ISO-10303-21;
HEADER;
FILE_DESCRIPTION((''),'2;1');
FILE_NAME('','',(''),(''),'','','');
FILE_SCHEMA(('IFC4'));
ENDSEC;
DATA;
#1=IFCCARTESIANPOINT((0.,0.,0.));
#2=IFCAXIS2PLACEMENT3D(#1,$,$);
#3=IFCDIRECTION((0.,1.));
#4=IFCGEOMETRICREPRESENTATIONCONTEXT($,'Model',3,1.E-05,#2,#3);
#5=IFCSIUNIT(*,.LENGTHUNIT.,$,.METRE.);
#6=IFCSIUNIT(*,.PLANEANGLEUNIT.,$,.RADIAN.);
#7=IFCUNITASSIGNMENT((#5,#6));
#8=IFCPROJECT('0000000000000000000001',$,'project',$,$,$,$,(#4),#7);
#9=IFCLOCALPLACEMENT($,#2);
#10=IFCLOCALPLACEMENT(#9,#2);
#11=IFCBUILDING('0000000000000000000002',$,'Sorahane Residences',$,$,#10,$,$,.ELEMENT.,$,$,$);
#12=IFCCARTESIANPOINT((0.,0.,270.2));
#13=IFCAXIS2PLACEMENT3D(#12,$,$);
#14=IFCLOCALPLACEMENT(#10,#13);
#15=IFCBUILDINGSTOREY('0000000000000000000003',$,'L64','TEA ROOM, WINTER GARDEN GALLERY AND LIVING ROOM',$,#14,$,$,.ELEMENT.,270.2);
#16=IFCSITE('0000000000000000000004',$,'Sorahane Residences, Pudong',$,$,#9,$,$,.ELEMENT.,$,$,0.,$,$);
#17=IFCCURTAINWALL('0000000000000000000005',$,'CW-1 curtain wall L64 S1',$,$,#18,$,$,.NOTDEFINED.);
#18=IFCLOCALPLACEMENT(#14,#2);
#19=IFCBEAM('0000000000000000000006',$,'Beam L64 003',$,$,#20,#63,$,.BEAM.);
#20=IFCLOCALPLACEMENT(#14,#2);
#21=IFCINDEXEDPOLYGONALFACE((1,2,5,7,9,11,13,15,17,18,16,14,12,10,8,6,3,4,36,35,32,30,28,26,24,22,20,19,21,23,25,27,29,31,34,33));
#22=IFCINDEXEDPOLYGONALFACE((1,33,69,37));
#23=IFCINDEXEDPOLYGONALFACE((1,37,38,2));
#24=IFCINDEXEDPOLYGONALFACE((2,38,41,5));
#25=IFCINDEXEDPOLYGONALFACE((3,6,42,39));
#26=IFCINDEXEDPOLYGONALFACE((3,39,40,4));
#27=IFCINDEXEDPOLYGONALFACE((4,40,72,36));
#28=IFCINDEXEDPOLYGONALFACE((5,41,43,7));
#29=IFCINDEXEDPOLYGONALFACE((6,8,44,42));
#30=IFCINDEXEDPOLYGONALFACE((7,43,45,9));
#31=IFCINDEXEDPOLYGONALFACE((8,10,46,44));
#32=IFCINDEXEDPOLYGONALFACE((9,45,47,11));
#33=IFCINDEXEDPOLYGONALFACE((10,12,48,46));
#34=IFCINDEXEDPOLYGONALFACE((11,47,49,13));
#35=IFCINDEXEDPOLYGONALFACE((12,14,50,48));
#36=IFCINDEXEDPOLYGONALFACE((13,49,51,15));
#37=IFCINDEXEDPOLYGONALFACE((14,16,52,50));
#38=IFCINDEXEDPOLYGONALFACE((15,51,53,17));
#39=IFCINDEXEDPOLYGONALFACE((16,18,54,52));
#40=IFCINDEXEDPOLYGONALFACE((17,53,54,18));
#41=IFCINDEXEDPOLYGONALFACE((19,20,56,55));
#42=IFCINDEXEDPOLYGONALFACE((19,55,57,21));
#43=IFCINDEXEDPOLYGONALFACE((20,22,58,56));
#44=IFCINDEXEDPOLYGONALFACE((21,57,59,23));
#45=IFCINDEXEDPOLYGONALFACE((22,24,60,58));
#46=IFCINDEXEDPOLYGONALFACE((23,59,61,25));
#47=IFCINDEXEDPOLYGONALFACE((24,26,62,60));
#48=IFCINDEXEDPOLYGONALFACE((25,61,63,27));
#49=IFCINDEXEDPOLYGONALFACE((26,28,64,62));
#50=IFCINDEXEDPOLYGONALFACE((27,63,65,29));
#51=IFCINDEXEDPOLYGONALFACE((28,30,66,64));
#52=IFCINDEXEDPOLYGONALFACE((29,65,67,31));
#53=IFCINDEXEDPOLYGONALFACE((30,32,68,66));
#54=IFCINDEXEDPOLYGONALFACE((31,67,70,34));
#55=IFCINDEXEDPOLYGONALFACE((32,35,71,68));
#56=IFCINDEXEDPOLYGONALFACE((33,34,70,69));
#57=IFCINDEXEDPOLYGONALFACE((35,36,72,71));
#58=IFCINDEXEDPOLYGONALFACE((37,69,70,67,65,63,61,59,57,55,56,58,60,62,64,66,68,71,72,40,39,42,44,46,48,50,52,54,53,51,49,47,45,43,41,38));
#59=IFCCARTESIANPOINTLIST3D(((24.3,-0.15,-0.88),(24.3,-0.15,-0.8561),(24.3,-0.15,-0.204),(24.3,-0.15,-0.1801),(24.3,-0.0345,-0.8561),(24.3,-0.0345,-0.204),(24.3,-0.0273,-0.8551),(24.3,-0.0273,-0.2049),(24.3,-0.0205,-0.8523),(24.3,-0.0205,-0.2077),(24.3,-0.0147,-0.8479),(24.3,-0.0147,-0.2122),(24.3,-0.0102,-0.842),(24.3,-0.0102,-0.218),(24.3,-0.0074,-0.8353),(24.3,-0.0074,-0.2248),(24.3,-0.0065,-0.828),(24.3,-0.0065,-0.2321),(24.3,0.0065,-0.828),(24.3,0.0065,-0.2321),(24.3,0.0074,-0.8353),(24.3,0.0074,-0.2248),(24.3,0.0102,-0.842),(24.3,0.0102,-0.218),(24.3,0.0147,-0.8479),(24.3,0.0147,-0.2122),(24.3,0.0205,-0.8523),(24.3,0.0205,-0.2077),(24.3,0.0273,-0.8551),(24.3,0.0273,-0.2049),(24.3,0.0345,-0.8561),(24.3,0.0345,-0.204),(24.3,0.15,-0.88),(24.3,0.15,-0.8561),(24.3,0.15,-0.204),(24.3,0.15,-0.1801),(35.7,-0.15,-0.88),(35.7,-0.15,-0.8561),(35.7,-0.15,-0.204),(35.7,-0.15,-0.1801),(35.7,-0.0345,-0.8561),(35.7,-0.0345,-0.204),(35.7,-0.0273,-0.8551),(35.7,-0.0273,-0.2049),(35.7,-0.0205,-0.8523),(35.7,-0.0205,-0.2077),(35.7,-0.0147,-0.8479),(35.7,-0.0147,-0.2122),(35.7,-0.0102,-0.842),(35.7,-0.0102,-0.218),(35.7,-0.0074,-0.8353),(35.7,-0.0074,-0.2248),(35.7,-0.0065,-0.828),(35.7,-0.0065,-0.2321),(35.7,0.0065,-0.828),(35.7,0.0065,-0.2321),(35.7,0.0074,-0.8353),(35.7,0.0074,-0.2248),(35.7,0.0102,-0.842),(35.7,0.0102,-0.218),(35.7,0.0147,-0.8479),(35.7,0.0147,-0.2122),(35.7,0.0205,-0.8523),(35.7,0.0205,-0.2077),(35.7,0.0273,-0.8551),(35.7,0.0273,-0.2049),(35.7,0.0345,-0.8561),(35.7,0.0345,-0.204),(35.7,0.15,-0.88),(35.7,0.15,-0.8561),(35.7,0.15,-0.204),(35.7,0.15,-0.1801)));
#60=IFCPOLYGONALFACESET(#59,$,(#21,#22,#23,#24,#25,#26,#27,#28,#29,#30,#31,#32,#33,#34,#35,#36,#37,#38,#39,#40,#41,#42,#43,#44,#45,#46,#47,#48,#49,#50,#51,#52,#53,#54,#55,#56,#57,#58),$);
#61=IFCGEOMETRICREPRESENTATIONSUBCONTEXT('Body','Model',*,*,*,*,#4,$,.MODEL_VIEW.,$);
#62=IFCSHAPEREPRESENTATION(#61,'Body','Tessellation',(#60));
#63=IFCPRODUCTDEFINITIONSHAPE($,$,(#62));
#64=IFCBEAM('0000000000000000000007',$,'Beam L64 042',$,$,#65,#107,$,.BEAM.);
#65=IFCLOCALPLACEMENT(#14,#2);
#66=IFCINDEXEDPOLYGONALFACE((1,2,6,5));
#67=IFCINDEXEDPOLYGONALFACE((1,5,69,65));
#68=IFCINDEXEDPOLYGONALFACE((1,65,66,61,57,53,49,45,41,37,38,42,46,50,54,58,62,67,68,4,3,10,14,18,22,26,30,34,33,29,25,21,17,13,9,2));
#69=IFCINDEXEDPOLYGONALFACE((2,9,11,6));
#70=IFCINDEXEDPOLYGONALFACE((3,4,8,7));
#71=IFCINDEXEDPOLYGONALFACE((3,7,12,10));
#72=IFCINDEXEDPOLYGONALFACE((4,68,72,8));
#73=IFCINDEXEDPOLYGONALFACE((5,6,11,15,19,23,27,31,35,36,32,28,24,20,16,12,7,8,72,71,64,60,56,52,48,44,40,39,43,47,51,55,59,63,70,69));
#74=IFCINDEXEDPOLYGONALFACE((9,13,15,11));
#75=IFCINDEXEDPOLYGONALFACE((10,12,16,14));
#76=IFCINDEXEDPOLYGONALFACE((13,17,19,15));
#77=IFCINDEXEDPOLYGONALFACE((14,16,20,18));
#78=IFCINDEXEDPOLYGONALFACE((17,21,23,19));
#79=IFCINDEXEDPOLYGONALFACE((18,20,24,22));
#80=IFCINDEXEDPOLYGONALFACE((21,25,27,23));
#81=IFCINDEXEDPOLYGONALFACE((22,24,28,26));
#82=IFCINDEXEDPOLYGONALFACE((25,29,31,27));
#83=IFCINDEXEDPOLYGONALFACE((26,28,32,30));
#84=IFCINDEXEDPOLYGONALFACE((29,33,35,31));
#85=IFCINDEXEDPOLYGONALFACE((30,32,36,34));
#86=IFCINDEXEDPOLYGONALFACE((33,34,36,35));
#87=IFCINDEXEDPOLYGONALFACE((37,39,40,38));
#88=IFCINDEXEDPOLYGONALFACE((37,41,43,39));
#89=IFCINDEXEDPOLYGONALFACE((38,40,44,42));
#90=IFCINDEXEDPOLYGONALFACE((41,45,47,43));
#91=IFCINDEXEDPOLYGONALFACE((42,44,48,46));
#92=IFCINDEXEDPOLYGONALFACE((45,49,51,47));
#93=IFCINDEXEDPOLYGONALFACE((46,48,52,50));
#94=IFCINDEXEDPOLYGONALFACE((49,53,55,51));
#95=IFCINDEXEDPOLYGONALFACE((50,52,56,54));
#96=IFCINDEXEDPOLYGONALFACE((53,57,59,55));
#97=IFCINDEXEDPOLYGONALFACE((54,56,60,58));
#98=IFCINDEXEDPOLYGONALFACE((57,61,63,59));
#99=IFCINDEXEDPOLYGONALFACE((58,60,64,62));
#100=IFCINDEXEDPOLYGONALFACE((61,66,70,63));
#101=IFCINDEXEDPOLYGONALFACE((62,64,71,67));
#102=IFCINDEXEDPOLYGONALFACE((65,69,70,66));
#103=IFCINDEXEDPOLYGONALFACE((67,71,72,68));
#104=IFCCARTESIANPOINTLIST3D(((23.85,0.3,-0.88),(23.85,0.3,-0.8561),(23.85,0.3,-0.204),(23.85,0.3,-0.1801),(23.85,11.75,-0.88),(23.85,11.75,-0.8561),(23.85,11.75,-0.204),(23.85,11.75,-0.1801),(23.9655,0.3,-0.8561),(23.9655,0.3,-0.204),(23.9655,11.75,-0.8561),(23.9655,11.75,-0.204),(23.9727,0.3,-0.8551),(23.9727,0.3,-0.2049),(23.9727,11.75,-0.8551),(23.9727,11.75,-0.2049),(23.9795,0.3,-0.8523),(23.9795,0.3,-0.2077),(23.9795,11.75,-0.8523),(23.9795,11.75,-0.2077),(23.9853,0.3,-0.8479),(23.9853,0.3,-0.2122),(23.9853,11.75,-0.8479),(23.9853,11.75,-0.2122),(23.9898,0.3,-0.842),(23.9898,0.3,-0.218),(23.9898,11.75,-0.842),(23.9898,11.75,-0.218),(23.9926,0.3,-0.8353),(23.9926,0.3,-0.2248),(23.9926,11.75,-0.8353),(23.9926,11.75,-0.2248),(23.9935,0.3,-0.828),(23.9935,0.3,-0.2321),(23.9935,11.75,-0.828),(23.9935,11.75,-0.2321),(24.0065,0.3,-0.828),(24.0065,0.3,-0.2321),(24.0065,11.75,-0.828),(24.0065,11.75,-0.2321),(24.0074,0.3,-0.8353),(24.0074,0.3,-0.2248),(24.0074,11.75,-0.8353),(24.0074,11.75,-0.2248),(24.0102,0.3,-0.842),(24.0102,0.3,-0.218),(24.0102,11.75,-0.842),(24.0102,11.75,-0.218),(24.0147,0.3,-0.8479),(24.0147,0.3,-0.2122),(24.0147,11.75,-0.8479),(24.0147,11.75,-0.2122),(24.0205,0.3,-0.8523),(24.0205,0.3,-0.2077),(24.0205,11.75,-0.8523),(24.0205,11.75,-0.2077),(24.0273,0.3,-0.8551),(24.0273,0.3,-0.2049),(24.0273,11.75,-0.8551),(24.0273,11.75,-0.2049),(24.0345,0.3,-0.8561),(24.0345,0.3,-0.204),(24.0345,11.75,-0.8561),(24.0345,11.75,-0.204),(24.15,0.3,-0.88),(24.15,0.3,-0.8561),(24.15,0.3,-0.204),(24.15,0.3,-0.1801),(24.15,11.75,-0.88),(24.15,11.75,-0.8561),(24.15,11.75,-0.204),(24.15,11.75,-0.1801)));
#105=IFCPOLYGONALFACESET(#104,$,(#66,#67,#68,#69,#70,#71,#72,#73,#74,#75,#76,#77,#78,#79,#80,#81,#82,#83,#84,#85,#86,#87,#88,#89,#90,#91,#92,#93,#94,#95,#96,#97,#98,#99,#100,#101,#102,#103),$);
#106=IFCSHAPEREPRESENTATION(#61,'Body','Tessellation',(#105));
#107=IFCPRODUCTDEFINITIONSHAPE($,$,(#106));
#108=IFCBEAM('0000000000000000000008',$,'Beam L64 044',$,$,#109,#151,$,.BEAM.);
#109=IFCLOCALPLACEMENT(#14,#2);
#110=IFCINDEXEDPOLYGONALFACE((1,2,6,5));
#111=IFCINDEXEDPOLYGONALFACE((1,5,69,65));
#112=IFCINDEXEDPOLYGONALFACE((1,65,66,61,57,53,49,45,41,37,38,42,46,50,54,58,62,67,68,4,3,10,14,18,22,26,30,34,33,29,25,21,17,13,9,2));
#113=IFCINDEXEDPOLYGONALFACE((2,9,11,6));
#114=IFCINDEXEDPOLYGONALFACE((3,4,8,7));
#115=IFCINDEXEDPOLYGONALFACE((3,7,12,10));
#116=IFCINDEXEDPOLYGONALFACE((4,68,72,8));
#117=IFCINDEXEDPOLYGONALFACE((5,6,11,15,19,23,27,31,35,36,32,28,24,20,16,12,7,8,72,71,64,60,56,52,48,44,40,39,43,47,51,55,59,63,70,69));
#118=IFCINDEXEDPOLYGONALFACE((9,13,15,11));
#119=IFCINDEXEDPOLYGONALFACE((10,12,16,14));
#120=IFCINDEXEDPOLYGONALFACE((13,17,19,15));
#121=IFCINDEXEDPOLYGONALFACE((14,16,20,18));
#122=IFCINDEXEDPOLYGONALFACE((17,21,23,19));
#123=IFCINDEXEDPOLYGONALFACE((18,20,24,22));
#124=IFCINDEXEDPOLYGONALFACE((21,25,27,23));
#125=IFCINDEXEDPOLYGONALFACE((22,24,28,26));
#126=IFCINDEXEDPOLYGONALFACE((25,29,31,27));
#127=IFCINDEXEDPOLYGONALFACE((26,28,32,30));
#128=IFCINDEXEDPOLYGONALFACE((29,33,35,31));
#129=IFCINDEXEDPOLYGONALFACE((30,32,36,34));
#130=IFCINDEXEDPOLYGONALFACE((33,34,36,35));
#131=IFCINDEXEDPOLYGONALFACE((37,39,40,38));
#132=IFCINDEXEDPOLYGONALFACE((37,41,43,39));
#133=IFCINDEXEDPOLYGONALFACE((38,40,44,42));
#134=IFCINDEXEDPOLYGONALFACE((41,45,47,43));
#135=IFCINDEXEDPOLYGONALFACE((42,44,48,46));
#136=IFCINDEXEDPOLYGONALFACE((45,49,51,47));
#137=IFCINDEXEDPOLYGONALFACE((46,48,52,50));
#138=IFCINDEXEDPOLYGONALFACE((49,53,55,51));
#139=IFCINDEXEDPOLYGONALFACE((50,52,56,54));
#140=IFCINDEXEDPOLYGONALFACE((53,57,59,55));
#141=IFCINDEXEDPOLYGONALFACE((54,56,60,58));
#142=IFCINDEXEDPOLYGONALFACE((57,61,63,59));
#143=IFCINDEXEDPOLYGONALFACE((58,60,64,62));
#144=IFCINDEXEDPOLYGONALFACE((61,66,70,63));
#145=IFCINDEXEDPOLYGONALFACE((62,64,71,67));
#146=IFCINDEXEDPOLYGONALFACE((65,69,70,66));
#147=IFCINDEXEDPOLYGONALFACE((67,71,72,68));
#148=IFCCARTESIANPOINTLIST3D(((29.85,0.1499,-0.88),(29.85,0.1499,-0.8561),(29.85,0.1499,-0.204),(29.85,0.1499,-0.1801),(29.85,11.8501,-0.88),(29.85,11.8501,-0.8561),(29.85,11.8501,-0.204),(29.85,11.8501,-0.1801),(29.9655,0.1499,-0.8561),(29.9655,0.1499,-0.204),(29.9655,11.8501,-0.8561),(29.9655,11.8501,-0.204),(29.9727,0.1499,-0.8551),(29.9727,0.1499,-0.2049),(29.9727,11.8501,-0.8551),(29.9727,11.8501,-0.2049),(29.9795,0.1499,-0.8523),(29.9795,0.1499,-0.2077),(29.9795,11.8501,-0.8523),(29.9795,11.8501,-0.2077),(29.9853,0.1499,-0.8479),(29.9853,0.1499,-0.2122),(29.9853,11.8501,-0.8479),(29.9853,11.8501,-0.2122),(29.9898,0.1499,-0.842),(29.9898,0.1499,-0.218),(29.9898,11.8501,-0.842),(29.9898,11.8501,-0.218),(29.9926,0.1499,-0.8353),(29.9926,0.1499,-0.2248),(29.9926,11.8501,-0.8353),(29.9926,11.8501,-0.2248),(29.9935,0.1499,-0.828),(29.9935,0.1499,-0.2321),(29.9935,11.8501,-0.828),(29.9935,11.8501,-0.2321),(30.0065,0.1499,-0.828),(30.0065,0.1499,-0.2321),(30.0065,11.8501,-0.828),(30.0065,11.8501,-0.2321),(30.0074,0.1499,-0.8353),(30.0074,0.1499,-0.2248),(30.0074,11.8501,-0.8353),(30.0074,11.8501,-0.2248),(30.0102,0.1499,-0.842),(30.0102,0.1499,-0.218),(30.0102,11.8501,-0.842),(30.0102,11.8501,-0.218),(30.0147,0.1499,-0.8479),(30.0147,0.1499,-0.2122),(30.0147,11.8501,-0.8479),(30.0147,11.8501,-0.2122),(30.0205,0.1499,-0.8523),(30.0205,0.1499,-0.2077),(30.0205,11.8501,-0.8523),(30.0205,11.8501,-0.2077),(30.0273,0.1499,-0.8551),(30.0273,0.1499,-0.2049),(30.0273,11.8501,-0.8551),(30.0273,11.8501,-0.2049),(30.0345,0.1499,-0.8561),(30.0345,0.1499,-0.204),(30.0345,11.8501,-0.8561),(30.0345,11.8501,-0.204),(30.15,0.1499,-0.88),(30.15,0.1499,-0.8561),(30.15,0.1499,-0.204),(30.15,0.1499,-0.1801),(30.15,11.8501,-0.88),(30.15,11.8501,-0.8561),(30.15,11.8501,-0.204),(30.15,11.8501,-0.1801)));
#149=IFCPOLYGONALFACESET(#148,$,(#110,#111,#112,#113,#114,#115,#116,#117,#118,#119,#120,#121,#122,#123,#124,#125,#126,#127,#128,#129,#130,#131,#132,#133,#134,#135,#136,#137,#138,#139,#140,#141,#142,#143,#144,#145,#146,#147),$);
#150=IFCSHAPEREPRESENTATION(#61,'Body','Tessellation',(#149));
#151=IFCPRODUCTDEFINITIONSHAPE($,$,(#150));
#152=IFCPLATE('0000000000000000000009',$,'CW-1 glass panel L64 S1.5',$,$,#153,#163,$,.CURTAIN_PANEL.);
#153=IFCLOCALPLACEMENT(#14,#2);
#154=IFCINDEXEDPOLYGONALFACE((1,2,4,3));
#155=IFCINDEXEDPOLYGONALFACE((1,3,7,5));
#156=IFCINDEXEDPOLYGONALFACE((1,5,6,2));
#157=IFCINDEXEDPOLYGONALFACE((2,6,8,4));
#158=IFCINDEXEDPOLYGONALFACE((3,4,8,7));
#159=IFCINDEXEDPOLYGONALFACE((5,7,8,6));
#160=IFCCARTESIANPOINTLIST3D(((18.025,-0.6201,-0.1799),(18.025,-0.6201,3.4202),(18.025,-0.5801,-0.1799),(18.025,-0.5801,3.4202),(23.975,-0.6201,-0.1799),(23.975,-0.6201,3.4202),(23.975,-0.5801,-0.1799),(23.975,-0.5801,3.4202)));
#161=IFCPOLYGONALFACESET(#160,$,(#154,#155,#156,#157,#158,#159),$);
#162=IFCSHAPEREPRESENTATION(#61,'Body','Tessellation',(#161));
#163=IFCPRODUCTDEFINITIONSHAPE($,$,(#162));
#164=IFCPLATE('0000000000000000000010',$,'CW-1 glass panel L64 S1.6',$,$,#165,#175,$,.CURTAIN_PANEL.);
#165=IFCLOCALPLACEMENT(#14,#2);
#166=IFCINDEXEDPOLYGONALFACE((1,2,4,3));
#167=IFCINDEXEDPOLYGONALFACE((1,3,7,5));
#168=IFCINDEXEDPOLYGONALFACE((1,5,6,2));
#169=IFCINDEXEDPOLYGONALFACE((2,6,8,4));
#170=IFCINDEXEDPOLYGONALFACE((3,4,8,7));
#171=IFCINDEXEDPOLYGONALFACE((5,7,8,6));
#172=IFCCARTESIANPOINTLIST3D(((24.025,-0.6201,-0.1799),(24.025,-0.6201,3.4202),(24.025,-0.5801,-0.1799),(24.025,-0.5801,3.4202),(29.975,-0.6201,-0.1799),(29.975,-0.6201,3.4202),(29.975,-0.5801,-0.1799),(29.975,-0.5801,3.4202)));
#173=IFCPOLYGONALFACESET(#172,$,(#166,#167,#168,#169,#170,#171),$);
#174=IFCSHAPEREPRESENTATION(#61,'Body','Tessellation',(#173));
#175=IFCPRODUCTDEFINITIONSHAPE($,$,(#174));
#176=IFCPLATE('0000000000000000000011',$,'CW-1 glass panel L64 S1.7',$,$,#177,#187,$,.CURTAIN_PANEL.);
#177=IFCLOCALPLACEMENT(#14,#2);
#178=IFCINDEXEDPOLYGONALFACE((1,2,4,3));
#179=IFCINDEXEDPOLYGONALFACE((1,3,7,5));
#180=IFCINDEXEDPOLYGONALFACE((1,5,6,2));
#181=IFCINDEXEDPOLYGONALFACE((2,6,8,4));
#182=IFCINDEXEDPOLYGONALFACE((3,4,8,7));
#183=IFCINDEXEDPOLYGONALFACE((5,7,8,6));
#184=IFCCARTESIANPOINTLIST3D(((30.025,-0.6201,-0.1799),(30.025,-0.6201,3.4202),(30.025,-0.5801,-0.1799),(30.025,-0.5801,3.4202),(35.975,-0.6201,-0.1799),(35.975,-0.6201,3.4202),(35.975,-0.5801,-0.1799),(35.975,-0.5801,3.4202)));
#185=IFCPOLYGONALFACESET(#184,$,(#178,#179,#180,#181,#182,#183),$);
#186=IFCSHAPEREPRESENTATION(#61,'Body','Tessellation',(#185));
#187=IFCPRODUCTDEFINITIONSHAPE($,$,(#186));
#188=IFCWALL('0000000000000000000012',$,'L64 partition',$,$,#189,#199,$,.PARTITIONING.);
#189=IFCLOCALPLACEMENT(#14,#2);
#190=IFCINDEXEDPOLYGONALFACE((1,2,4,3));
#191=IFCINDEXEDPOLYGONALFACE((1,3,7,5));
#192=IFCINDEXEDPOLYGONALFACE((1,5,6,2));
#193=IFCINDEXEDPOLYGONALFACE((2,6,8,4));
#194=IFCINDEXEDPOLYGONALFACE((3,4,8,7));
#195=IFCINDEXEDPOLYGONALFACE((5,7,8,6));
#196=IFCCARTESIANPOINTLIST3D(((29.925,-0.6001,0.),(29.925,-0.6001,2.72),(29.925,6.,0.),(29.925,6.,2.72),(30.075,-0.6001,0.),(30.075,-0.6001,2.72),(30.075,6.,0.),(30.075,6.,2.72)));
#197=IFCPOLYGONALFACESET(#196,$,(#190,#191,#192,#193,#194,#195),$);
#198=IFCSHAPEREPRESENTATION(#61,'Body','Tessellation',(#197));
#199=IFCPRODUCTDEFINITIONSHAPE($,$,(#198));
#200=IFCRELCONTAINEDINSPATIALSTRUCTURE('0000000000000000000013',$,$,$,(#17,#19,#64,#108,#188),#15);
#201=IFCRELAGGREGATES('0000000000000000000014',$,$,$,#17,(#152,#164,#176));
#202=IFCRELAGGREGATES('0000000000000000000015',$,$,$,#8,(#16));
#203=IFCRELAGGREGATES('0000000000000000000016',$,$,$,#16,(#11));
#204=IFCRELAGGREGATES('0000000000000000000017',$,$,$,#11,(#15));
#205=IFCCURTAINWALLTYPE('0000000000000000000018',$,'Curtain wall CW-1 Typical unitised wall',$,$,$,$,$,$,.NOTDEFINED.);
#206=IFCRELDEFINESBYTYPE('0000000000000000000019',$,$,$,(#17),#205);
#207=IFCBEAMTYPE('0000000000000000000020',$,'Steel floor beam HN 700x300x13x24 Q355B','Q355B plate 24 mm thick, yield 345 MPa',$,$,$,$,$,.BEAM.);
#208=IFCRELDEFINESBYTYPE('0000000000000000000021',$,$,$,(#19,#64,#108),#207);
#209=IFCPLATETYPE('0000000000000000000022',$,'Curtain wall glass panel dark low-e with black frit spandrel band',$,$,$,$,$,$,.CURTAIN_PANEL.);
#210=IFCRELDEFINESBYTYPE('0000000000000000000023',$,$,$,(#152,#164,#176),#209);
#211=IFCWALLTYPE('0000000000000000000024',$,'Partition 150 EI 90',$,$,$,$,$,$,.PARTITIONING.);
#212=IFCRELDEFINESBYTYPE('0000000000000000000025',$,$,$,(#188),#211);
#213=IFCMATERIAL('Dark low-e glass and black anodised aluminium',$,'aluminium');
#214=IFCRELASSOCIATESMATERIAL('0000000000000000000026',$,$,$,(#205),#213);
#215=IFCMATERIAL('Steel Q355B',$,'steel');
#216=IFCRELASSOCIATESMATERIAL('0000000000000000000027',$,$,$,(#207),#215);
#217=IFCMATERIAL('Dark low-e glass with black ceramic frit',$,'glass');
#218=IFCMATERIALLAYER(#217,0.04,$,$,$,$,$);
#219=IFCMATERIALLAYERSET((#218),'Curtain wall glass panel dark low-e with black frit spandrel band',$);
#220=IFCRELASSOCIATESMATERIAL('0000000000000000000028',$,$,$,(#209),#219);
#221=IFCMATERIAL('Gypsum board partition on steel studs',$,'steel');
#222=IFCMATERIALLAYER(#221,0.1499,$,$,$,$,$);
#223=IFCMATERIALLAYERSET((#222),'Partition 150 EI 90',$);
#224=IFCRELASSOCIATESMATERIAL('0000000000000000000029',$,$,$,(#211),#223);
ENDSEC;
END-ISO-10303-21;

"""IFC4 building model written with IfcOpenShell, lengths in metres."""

from ifc_helpers import new_model, si_unit, direction, frame, frame_2d, origin, origin_2d, place, context, subcontext, project, spatial, rectangle, i_section, extrude, material, layer, layer_set, material_profile, profile_set, type_object, element, aggregate, save


model = new_model("IFC4")

# Units and contexts
model_context = context("Model", 3, precision=1e-05, world=origin(), true_north=direction((0.0, 1.0)))
body_context = subcontext(model_context, "Body", "Model", "MODEL_VIEW")
ifc_project = project(units=[si_unit("LENGTHUNIT", "METRE"), si_unit("PLANEANGLEUNIT", "RADIAN")], contexts=[model_context])

# Site, building, storey
site_placement = place(None, origin())
site = spatial("IfcSite", under=ifc_project, at=site_placement, Name="Sorahane Residences, Pudong", CompositionType="ELEMENT", RefElevation=0.0)
building_placement = place(site_placement, origin())
building = spatial("IfcBuilding", under=site, at=building_placement, Name="Sorahane Residences", CompositionType="ELEMENT")
storey_placement = place(building_placement, frame((0.0, 0.0, 270.2)))
storey = spatial("IfcBuildingStorey", under=building, at=storey_placement, Name="L64", Description="TEA ROOM, WINTER GARDEN GALLERY AND LIVING ROOM", CompositionType="ELEMENT", Elevation=270.2)

# Curtain wall
ifc_material_1 = material(Name="Dark low-e glass and black anodised aluminium", Category="aluminium")
curtain_wall_type = type_object("IfcCurtainWallType", Name="Curtain wall CW-1 Typical unitised wall", PredefinedType="NOTDEFINED", material=ifc_material_1)
curtain_wall_placement = place(storey_placement, origin())
curtain_wall = element("IfcCurtainWall", 1, at=curtain_wall_placement, inside=storey, type_object=curtain_wall_type, Name="CW-1 curtain wall L64 S1", PredefinedType="NOTDEFINED")

# Beams
ifc_material_2 = material(Name="Steel Q355B", Category="steel")
ifc_material_profile_1 = material_profile(ifc_material_2, i_section(OverallWidth=0.3, OverallDepth=0.7, WebThickness=0.0129, FlangeThickness=0.0239, FilletRadius=0.0281, at=origin_2d()), Name="HN 700x300x13x24")
ifc_profile_set_1 = profile_set([ifc_material_profile_1], Name="Steel Q355B")
beam_type_1 = type_object("IfcBeamType", Name="Steel floor beam HN 700x300x13x24 Q355B", Description="Q355B plate 24 mm thick, yield 345 MPa", PredefinedType="BEAM", material=ifc_profile_set_1)
beam_1_placement = place(storey_placement, frame((24.3, 0.0, -0.53), z_axis=(1.0, 0.0, 0.0), x_axis=(0.0, 1.0, 0.0)))
element("IfcBeam", 2, at=beam_1_placement, inside=storey, type_object=beam_type_1, Name="Beam L64 003", PredefinedType="BEAM", context=body_context, shape_type="SweptSolid", body=[
    extrude(i_section(OverallWidth=0.3, OverallDepth=0.7, WebThickness=0.0129, FlangeThickness=0.0239, FilletRadius=0.0281, at=origin_2d()), origin(), (0.0, 0.0, 1.0), 11.3999),
])
beam_2_placement = place(storey_placement, frame((24.0, 0.3, -0.53), z_axis=(0.0, 1.0, 0.0), x_axis=(-1.0, 0.0, 0.0)))
element("IfcBeam", 3, at=beam_2_placement, inside=storey, type_object=beam_type_1, Name="Beam L64 042", PredefinedType="BEAM", context=body_context, shape_type="SweptSolid", body=[
    extrude(i_section(OverallWidth=0.3, OverallDepth=0.7, WebThickness=0.0129, FlangeThickness=0.0239, FilletRadius=0.0281, at=origin_2d()), origin(), (0.0, 0.0, 1.0), 11.45),
])
beam_3_placement = place(storey_placement, frame((30.0, 0.1499, -0.53), z_axis=(0.0, 1.0, 0.0), x_axis=(-1.0, 0.0, 0.0)))
element("IfcBeam", 4, at=beam_3_placement, inside=storey, type_object=beam_type_1, Name="Beam L64 044", PredefinedType="BEAM", context=body_context, shape_type="SweptSolid", body=[
    extrude(i_section(OverallWidth=0.3, OverallDepth=0.7, WebThickness=0.0129, FlangeThickness=0.0239, FilletRadius=0.0281, at=origin_2d()), origin(), (0.0, 0.0, 1.0), 11.7002),
])

# Plates
ifc_material_3 = material(Name="Dark low-e glass with black ceramic frit", Category="glass")
ifc_layer_1 = layer(ifc_material_3, 0.04)
ifc_layer_set_1 = layer_set([ifc_layer_1], Name="Curtain wall glass panel dark low-e with black frit spandrel band")
plate_type = type_object("IfcPlateType", Name="Curtain wall glass panel dark low-e with black frit spandrel band", PredefinedType="CURTAIN_PANEL", material=ifc_layer_set_1)
plate_1_placement = place(storey_placement, frame((21.0, -0.6001, -0.1799), z_axis=(0.0, 0.0, 1.0), x_axis=(1.0, 0.0, 0.0)))
plate_1 = element("IfcPlate", 5, at=plate_1_placement, type_object=plate_type, Name="CW-1 glass panel L64 S1.5", PredefinedType="CURTAIN_PANEL", context=body_context, shape_type="SweptSolid", body=[
    extrude(rectangle(XDim=5.95, YDim=0.04, at=origin_2d()), origin(), (0.0, 0.0, 1.0), 3.6001),
])
plate_2_placement = place(storey_placement, frame((27.0, -0.6001, -0.1799), z_axis=(0.0, 0.0, 1.0), x_axis=(1.0, 0.0, 0.0)))
plate_2 = element("IfcPlate", 6, at=plate_2_placement, type_object=plate_type, Name="CW-1 glass panel L64 S1.6", PredefinedType="CURTAIN_PANEL", context=body_context, shape_type="SweptSolid", body=[
    extrude(rectangle(XDim=5.95, YDim=0.04, at=origin_2d()), origin(), (0.0, 0.0, 1.0), 3.6001),
])
plate_3_placement = place(storey_placement, frame((33.0, -0.6001, -0.1799), z_axis=(0.0, 0.0, 1.0), x_axis=(1.0, 0.0, 0.0)))
plate_3 = element("IfcPlate", 7, at=plate_3_placement, type_object=plate_type, Name="CW-1 glass panel L64 S1.7", PredefinedType="CURTAIN_PANEL", context=body_context, shape_type="SweptSolid", body=[
    extrude(rectangle(XDim=5.95, YDim=0.04, at=origin_2d()), origin(), (0.0, 0.0, 1.0), 3.6001),
])
aggregate(curtain_wall, [plate_1, plate_2, plate_3])

# Wall
ifc_material_4 = material(Name="Gypsum board partition on steel studs", Category="steel")
ifc_layer_2 = layer(ifc_material_4, 0.1499)
ifc_layer_set_2 = layer_set([ifc_layer_2], Name="Partition 150 EI 90")
wall_type_1 = type_object("IfcWallType", Name="Partition 150 EI 90", PredefinedType="PARTITIONING", material=ifc_layer_set_2)
wall_1_placement = place(storey_placement, frame((30.0, -0.6001, 0.0), z_axis=(0.0, 0.0, 1.0), x_axis=(0.0, 1.0, 0.0)))
element("IfcWall", 8, at=wall_1_placement, inside=storey, type_object=wall_type_1, Name="L64 partition", PredefinedType="PARTITIONING", context=body_context, shape_type="SweptSolid", body=[
    extrude(rectangle(XDim=6.6001, YDim=0.1499, at=frame_2d((3.3, 0.0))), origin(), (0.0, 0.0, 1.0), 2.72),
])

save(model, "model.ifc")
